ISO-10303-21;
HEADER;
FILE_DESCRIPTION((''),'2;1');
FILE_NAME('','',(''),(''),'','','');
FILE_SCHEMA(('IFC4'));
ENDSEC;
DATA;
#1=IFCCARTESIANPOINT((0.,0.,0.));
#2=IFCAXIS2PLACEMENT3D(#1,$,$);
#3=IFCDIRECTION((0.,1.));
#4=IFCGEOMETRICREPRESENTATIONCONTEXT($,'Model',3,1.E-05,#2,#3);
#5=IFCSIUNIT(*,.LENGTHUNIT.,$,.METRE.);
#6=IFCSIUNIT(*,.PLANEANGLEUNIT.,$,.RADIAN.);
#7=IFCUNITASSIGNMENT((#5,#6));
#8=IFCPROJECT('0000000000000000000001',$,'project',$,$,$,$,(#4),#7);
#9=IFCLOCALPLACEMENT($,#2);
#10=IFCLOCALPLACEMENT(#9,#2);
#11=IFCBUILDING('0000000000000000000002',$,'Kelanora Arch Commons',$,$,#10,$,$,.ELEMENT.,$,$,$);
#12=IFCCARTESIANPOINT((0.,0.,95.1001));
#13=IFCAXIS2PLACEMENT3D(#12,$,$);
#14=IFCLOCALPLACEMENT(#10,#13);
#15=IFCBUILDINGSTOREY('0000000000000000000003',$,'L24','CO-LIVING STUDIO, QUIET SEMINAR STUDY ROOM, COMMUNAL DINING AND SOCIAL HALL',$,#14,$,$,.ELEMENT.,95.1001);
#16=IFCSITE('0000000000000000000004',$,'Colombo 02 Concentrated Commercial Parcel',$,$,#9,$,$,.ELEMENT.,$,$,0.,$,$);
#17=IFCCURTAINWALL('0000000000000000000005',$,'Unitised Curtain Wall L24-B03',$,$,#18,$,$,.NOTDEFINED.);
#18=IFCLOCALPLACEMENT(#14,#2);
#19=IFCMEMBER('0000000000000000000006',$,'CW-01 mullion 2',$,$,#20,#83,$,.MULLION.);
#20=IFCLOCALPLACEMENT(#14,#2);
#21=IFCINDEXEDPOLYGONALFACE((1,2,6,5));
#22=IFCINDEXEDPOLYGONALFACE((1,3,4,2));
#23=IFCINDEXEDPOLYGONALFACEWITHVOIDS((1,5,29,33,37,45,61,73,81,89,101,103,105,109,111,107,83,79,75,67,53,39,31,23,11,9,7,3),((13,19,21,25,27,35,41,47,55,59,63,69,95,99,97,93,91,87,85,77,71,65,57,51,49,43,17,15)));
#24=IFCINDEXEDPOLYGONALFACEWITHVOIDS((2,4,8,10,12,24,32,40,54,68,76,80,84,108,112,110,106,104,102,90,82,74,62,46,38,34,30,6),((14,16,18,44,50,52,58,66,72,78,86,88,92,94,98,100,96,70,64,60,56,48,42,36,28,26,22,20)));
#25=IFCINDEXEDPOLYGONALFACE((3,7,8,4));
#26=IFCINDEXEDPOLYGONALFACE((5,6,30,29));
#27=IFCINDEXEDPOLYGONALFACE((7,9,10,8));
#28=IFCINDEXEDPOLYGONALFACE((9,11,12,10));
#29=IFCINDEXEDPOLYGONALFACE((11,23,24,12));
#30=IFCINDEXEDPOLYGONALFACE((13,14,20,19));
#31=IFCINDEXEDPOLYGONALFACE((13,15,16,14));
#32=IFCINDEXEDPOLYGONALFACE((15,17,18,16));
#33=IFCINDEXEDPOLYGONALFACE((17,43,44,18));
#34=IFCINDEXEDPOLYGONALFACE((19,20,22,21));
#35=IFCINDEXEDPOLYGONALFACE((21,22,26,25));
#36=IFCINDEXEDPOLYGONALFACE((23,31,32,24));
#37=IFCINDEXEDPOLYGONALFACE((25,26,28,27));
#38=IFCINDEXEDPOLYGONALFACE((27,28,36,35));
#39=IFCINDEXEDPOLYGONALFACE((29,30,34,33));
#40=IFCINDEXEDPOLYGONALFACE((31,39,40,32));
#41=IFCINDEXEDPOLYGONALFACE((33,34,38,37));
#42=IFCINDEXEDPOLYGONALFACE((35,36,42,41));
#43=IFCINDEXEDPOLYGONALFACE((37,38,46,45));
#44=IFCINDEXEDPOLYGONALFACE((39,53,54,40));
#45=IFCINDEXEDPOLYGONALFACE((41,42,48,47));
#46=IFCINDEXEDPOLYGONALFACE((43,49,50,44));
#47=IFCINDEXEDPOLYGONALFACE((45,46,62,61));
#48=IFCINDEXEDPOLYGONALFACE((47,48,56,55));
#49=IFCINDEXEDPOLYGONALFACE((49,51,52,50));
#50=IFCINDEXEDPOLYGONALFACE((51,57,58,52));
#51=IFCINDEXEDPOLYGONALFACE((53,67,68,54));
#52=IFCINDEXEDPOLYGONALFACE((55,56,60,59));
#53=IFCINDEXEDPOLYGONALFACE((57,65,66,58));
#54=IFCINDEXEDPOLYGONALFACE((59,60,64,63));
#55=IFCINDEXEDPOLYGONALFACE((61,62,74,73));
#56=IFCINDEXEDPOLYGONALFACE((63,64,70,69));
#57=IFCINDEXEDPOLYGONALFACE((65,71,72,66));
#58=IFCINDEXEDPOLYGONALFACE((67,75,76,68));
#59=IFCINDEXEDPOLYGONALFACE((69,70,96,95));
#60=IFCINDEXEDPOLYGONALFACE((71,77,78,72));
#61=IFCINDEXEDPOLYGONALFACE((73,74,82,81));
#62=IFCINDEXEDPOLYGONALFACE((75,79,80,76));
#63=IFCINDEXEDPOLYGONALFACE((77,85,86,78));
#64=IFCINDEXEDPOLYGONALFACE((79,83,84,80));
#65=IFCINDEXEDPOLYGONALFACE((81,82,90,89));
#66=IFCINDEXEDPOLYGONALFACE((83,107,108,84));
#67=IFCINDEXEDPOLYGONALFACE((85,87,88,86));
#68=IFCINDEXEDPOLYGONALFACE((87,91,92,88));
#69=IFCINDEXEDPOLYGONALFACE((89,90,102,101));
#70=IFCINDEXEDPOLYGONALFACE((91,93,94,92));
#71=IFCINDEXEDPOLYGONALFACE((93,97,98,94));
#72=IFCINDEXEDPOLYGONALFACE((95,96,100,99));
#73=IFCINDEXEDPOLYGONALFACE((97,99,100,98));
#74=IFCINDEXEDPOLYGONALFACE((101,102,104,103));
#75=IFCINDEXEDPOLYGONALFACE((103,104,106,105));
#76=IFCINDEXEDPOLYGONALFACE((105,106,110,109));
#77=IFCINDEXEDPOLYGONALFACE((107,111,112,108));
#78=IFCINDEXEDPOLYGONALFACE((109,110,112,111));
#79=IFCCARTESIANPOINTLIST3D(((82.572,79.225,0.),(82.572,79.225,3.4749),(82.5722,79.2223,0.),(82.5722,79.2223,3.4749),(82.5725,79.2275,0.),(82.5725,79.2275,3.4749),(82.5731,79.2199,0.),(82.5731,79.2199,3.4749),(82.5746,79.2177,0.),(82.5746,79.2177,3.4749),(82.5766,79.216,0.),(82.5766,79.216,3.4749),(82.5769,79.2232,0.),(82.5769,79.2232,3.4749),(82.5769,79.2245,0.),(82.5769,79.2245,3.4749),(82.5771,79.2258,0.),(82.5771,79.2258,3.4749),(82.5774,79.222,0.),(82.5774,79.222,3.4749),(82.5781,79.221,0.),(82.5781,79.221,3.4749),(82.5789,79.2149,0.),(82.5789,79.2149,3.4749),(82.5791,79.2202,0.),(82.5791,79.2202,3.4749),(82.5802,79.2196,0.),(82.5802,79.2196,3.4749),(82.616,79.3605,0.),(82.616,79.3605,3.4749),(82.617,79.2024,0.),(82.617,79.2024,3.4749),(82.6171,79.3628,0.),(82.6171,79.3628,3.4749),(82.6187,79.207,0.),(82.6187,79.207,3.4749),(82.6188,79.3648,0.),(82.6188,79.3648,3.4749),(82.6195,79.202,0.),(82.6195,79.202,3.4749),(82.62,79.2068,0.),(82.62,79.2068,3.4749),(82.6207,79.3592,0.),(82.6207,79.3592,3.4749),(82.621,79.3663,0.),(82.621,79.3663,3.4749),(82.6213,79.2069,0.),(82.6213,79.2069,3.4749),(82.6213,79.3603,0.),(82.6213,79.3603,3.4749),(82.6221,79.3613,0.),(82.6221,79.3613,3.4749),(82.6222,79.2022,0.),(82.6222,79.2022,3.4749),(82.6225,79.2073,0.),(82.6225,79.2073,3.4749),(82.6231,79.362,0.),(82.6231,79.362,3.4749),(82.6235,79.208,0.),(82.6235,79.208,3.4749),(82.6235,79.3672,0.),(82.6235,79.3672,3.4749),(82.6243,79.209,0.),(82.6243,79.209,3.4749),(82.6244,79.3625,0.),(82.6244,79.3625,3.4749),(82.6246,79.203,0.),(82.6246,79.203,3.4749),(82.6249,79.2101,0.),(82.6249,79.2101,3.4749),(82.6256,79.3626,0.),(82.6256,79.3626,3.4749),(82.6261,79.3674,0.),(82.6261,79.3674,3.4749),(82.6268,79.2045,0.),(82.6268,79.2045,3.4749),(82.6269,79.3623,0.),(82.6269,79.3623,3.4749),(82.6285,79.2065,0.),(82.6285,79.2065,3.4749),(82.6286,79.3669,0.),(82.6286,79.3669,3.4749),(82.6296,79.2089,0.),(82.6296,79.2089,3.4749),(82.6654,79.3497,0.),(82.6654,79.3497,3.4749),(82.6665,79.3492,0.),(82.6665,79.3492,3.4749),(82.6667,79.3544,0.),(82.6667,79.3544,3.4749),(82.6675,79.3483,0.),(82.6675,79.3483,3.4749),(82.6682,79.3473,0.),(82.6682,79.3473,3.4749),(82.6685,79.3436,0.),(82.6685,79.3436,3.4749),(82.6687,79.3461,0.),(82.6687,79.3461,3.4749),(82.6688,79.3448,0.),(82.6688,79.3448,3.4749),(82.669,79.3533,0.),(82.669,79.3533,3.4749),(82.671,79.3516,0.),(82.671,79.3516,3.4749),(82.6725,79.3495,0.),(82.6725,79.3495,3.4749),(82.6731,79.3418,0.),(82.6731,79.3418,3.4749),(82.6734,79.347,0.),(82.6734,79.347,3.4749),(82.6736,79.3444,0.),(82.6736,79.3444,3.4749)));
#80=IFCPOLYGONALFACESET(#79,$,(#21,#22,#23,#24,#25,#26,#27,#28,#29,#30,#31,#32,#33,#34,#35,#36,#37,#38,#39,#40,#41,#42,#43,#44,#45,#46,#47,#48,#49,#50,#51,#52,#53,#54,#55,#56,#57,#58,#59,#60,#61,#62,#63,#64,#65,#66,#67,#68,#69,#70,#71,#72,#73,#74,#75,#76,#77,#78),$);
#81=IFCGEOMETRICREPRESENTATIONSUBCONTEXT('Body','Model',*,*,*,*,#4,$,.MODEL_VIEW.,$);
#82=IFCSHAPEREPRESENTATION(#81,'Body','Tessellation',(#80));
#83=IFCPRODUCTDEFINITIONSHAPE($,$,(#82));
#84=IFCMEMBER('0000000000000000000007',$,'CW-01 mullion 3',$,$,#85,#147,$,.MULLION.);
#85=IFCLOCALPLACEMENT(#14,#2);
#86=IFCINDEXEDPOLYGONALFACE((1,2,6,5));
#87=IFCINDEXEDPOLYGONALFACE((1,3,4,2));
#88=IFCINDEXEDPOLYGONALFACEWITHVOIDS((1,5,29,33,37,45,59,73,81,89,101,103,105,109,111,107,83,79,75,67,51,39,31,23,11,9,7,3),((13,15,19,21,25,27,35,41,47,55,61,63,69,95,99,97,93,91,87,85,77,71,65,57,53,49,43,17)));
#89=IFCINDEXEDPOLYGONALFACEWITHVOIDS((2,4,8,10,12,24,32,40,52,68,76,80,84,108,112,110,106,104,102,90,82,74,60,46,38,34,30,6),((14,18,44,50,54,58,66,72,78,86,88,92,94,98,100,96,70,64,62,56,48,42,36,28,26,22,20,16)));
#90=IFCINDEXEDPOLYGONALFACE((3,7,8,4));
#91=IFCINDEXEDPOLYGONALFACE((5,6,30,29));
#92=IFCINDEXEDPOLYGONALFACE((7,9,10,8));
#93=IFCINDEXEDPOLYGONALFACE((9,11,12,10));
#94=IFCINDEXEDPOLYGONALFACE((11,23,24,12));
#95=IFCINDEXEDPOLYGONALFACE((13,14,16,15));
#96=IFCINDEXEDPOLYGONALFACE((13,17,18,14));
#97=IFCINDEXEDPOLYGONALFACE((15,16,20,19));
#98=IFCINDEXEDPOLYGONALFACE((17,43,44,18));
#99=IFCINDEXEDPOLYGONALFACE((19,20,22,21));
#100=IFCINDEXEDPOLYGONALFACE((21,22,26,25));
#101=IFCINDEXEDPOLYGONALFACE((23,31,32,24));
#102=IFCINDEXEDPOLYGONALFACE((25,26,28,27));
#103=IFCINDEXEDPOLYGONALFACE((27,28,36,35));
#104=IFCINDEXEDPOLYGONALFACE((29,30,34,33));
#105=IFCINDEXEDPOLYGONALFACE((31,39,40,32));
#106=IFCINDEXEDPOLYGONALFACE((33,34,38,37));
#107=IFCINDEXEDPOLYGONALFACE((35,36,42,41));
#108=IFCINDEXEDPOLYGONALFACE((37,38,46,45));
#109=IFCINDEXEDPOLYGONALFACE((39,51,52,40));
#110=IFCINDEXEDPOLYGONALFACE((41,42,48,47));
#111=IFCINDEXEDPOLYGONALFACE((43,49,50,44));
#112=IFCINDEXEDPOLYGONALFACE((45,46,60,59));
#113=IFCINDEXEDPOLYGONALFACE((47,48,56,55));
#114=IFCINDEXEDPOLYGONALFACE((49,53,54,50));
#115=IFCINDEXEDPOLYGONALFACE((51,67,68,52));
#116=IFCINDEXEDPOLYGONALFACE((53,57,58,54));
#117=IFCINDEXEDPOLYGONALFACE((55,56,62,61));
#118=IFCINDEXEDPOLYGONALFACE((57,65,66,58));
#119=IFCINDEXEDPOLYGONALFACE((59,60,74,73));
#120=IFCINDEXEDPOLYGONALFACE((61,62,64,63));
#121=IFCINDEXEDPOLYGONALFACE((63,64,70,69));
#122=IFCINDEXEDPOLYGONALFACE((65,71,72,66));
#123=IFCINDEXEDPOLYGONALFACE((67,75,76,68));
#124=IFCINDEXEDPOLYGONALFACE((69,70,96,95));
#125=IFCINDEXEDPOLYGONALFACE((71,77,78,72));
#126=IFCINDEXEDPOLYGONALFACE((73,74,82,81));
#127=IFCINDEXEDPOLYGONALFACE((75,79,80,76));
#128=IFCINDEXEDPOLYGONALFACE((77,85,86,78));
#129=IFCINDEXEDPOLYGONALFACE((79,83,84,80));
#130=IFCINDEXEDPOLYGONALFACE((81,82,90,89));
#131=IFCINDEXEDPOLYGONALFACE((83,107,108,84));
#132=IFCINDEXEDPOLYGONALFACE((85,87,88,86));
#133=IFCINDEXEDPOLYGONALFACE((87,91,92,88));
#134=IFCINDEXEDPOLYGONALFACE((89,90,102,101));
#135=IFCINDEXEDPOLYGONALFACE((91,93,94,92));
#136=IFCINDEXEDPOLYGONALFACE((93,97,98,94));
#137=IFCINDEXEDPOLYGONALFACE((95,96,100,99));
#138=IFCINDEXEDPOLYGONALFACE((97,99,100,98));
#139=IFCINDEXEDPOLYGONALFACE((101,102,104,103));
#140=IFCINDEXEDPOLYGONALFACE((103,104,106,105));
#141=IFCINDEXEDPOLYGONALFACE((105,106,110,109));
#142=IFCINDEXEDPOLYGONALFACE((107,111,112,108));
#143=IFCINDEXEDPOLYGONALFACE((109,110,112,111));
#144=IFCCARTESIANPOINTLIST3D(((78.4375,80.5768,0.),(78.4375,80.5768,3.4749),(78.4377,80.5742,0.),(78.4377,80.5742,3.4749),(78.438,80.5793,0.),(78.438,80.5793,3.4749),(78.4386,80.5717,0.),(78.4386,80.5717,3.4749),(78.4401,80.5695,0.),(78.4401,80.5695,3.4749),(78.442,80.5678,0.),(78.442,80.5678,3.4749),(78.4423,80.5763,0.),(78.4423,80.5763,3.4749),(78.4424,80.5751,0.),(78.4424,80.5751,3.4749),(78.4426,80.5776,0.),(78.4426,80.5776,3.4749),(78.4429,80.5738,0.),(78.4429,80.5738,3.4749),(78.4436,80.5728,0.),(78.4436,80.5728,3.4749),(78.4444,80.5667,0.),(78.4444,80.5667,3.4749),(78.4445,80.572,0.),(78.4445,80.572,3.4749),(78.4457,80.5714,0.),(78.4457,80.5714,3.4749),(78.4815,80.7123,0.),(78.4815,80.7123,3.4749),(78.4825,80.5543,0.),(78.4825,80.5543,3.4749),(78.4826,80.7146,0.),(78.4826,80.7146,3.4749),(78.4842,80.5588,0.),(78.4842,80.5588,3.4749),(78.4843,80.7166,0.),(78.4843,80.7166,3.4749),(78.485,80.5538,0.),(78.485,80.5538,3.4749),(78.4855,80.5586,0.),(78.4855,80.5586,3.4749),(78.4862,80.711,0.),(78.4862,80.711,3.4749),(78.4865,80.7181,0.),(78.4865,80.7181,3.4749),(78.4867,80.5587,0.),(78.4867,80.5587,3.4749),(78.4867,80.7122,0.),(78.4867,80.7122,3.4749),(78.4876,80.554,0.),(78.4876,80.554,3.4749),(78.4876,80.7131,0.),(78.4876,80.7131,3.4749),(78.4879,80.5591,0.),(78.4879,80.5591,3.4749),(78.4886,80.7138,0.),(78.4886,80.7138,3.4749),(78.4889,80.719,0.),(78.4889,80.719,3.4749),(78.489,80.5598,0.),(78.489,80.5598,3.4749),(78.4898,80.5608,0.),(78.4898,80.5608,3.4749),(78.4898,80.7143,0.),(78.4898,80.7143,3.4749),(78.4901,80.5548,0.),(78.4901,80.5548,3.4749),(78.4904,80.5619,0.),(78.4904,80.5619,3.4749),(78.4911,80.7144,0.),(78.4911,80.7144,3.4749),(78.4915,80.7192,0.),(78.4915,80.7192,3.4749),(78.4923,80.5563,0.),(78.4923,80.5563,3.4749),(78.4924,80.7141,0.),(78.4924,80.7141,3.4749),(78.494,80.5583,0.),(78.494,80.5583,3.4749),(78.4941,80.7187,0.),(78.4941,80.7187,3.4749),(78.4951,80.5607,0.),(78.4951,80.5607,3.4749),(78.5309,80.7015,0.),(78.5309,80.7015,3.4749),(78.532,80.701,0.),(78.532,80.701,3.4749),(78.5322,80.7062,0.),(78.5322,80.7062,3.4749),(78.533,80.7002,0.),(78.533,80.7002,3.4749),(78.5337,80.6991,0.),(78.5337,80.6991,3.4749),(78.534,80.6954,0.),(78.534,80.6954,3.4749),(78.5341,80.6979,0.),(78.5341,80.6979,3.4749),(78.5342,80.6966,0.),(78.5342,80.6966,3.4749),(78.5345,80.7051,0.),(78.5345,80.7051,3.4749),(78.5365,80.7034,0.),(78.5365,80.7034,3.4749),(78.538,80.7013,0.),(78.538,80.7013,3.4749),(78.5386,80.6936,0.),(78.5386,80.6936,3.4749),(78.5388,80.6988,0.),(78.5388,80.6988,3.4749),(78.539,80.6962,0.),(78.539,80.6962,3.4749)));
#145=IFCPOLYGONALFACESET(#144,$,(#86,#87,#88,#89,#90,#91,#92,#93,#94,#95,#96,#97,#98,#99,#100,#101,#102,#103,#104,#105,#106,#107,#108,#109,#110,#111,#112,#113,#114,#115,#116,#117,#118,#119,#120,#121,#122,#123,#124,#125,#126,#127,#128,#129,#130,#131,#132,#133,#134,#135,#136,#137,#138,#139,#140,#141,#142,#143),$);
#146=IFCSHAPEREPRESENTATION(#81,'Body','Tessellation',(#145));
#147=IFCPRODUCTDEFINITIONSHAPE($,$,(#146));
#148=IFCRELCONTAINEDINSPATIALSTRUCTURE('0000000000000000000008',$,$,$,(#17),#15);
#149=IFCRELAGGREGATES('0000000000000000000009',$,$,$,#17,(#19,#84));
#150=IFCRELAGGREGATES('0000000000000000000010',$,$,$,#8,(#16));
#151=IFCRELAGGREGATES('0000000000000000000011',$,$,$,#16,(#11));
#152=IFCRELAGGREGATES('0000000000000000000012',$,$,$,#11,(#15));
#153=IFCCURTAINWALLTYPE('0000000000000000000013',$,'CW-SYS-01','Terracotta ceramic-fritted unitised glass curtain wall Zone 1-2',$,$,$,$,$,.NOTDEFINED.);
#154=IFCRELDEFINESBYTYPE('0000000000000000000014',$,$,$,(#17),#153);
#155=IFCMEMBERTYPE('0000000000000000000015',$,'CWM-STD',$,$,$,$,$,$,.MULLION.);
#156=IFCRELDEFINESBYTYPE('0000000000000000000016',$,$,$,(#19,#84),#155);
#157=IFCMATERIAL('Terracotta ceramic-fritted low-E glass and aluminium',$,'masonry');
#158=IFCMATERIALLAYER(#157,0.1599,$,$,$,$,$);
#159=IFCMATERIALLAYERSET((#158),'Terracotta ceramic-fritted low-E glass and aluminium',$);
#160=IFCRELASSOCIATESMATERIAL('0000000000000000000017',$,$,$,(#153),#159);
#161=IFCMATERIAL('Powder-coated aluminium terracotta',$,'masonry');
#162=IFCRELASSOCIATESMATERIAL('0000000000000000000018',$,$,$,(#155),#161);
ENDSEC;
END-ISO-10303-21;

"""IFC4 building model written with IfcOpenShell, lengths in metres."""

from ifc_helpers import new_model, si_unit, direction, frame, origin, origin_2d, place, context, subcontext, project, spatial, hollow_rectangle, extrude, material, layer, layer_set, material_profile, profile_set, type_object, element, aggregate, save


model = new_model("IFC4")

# Units and contexts
model_context = context("Model", 3, precision=1e-05, world=origin(), true_north=direction((0.0, 1.0)))
body_context = subcontext(model_context, "Body", "Model", "MODEL_VIEW")
ifc_project = project(units=[si_unit("LENGTHUNIT", "METRE"), si_unit("PLANEANGLEUNIT", "RADIAN")], contexts=[model_context])

# Site, building, storey
site_placement = place(None, origin())
site = spatial("IfcSite", under=ifc_project, at=site_placement, Name="Colombo 02 Concentrated Commercial Parcel", CompositionType="ELEMENT", RefElevation=0.0)
building_placement = place(site_placement, origin())
building = spatial("IfcBuilding", under=site, at=building_placement, Name="Kelanora Arch Commons", CompositionType="ELEMENT")
storey_placement = place(building_placement, frame((0.0, 0.0, 95.1001)))
storey = spatial("IfcBuildingStorey", under=building, at=storey_placement, Name="L24", Description="CO-LIVING STUDIO, QUIET SEMINAR STUDY ROOM, COMMUNAL DINING AND SOCIAL HALL", CompositionType="ELEMENT", Elevation=95.1001)

# Curtain wall, members
ifc_material_1 = material(Name="Terracotta ceramic-fritted low-E glass and aluminium", Category="masonry")
ifc_layer_1 = layer(ifc_material_1, 0.1599)
ifc_layer_set_1 = layer_set([ifc_layer_1], Name="Terracotta ceramic-fritted low-E glass and aluminium")
curtain_wall_type = type_object("IfcCurtainWallType", Name="CW-SYS-01", Description="Terracotta ceramic-fritted unitised glass curtain wall Zone 1-2", PredefinedType="NOTDEFINED", material=ifc_layer_set_1)
curtain_wall_placement = place(storey_placement, origin())
curtain_wall = element("IfcCurtainWall", 1, at=curtain_wall_placement, inside=storey, type_object=curtain_wall_type, Name="Unitised Curtain Wall L24-B03", PredefinedType="NOTDEFINED")
ifc_material_2 = material(Name="Powder-coated aluminium terracotta", Category="masonry")
ifc_material_profile_1 = material_profile(ifc_material_2, hollow_rectangle(XDim=0.1599, YDim=0.0601, WallThickness=0.0049, InnerFilletRadius=0.0049, OuterFilletRadius=0.01, at=origin_2d()), Name="CWM160x60")
ifc_profile_set_1 = profile_set([ifc_material_profile_1], Name="Powder-coated aluminium terracotta")
member_type_1 = type_object("IfcMemberType", Name="CWM-STD", PredefinedType="MULLION", material=ifc_profile_set_1)
member_1_placement = place(storey_placement, frame((82.6228, 79.2847, 0.0), z_axis=(0.0, 0.0, 1.0), x_axis=(-0.310805, -0.950474, 0.0)))
member_1 = element("IfcMember", 2, at=member_1_placement, type_object=member_type_1, Name="CW-01 mullion 2", PredefinedType="MULLION", context=body_context, shape_type="SweptSolid", body=[
    extrude(hollow_rectangle(XDim=0.1599, YDim=0.0601, WallThickness=0.0049, InnerFilletRadius=0.0049, OuterFilletRadius=0.01, at=origin_2d()), origin(), (0.0, 0.0, 1.0), 3.4749),
])
member_2_placement = place(storey_placement, frame((78.4883, 80.6365, 0.0), z_axis=(0.0, 0.0, 1.0), x_axis=(-0.310805, -0.950474, 0.0)))
member_2 = element("IfcMember", 3, at=member_2_placement, type_object=member_type_1, Name="CW-01 mullion 3", PredefinedType="MULLION", context=body_context, shape_type="SweptSolid", body=[
    extrude(hollow_rectangle(XDim=0.1599, YDim=0.0601, WallThickness=0.0049, InnerFilletRadius=0.0049, OuterFilletRadius=0.01, at=origin_2d()), origin(), (0.0, 0.0, 1.0), 3.4749),
])
aggregate(curtain_wall, [member_1, member_2])

save(model, "model.ifc")
